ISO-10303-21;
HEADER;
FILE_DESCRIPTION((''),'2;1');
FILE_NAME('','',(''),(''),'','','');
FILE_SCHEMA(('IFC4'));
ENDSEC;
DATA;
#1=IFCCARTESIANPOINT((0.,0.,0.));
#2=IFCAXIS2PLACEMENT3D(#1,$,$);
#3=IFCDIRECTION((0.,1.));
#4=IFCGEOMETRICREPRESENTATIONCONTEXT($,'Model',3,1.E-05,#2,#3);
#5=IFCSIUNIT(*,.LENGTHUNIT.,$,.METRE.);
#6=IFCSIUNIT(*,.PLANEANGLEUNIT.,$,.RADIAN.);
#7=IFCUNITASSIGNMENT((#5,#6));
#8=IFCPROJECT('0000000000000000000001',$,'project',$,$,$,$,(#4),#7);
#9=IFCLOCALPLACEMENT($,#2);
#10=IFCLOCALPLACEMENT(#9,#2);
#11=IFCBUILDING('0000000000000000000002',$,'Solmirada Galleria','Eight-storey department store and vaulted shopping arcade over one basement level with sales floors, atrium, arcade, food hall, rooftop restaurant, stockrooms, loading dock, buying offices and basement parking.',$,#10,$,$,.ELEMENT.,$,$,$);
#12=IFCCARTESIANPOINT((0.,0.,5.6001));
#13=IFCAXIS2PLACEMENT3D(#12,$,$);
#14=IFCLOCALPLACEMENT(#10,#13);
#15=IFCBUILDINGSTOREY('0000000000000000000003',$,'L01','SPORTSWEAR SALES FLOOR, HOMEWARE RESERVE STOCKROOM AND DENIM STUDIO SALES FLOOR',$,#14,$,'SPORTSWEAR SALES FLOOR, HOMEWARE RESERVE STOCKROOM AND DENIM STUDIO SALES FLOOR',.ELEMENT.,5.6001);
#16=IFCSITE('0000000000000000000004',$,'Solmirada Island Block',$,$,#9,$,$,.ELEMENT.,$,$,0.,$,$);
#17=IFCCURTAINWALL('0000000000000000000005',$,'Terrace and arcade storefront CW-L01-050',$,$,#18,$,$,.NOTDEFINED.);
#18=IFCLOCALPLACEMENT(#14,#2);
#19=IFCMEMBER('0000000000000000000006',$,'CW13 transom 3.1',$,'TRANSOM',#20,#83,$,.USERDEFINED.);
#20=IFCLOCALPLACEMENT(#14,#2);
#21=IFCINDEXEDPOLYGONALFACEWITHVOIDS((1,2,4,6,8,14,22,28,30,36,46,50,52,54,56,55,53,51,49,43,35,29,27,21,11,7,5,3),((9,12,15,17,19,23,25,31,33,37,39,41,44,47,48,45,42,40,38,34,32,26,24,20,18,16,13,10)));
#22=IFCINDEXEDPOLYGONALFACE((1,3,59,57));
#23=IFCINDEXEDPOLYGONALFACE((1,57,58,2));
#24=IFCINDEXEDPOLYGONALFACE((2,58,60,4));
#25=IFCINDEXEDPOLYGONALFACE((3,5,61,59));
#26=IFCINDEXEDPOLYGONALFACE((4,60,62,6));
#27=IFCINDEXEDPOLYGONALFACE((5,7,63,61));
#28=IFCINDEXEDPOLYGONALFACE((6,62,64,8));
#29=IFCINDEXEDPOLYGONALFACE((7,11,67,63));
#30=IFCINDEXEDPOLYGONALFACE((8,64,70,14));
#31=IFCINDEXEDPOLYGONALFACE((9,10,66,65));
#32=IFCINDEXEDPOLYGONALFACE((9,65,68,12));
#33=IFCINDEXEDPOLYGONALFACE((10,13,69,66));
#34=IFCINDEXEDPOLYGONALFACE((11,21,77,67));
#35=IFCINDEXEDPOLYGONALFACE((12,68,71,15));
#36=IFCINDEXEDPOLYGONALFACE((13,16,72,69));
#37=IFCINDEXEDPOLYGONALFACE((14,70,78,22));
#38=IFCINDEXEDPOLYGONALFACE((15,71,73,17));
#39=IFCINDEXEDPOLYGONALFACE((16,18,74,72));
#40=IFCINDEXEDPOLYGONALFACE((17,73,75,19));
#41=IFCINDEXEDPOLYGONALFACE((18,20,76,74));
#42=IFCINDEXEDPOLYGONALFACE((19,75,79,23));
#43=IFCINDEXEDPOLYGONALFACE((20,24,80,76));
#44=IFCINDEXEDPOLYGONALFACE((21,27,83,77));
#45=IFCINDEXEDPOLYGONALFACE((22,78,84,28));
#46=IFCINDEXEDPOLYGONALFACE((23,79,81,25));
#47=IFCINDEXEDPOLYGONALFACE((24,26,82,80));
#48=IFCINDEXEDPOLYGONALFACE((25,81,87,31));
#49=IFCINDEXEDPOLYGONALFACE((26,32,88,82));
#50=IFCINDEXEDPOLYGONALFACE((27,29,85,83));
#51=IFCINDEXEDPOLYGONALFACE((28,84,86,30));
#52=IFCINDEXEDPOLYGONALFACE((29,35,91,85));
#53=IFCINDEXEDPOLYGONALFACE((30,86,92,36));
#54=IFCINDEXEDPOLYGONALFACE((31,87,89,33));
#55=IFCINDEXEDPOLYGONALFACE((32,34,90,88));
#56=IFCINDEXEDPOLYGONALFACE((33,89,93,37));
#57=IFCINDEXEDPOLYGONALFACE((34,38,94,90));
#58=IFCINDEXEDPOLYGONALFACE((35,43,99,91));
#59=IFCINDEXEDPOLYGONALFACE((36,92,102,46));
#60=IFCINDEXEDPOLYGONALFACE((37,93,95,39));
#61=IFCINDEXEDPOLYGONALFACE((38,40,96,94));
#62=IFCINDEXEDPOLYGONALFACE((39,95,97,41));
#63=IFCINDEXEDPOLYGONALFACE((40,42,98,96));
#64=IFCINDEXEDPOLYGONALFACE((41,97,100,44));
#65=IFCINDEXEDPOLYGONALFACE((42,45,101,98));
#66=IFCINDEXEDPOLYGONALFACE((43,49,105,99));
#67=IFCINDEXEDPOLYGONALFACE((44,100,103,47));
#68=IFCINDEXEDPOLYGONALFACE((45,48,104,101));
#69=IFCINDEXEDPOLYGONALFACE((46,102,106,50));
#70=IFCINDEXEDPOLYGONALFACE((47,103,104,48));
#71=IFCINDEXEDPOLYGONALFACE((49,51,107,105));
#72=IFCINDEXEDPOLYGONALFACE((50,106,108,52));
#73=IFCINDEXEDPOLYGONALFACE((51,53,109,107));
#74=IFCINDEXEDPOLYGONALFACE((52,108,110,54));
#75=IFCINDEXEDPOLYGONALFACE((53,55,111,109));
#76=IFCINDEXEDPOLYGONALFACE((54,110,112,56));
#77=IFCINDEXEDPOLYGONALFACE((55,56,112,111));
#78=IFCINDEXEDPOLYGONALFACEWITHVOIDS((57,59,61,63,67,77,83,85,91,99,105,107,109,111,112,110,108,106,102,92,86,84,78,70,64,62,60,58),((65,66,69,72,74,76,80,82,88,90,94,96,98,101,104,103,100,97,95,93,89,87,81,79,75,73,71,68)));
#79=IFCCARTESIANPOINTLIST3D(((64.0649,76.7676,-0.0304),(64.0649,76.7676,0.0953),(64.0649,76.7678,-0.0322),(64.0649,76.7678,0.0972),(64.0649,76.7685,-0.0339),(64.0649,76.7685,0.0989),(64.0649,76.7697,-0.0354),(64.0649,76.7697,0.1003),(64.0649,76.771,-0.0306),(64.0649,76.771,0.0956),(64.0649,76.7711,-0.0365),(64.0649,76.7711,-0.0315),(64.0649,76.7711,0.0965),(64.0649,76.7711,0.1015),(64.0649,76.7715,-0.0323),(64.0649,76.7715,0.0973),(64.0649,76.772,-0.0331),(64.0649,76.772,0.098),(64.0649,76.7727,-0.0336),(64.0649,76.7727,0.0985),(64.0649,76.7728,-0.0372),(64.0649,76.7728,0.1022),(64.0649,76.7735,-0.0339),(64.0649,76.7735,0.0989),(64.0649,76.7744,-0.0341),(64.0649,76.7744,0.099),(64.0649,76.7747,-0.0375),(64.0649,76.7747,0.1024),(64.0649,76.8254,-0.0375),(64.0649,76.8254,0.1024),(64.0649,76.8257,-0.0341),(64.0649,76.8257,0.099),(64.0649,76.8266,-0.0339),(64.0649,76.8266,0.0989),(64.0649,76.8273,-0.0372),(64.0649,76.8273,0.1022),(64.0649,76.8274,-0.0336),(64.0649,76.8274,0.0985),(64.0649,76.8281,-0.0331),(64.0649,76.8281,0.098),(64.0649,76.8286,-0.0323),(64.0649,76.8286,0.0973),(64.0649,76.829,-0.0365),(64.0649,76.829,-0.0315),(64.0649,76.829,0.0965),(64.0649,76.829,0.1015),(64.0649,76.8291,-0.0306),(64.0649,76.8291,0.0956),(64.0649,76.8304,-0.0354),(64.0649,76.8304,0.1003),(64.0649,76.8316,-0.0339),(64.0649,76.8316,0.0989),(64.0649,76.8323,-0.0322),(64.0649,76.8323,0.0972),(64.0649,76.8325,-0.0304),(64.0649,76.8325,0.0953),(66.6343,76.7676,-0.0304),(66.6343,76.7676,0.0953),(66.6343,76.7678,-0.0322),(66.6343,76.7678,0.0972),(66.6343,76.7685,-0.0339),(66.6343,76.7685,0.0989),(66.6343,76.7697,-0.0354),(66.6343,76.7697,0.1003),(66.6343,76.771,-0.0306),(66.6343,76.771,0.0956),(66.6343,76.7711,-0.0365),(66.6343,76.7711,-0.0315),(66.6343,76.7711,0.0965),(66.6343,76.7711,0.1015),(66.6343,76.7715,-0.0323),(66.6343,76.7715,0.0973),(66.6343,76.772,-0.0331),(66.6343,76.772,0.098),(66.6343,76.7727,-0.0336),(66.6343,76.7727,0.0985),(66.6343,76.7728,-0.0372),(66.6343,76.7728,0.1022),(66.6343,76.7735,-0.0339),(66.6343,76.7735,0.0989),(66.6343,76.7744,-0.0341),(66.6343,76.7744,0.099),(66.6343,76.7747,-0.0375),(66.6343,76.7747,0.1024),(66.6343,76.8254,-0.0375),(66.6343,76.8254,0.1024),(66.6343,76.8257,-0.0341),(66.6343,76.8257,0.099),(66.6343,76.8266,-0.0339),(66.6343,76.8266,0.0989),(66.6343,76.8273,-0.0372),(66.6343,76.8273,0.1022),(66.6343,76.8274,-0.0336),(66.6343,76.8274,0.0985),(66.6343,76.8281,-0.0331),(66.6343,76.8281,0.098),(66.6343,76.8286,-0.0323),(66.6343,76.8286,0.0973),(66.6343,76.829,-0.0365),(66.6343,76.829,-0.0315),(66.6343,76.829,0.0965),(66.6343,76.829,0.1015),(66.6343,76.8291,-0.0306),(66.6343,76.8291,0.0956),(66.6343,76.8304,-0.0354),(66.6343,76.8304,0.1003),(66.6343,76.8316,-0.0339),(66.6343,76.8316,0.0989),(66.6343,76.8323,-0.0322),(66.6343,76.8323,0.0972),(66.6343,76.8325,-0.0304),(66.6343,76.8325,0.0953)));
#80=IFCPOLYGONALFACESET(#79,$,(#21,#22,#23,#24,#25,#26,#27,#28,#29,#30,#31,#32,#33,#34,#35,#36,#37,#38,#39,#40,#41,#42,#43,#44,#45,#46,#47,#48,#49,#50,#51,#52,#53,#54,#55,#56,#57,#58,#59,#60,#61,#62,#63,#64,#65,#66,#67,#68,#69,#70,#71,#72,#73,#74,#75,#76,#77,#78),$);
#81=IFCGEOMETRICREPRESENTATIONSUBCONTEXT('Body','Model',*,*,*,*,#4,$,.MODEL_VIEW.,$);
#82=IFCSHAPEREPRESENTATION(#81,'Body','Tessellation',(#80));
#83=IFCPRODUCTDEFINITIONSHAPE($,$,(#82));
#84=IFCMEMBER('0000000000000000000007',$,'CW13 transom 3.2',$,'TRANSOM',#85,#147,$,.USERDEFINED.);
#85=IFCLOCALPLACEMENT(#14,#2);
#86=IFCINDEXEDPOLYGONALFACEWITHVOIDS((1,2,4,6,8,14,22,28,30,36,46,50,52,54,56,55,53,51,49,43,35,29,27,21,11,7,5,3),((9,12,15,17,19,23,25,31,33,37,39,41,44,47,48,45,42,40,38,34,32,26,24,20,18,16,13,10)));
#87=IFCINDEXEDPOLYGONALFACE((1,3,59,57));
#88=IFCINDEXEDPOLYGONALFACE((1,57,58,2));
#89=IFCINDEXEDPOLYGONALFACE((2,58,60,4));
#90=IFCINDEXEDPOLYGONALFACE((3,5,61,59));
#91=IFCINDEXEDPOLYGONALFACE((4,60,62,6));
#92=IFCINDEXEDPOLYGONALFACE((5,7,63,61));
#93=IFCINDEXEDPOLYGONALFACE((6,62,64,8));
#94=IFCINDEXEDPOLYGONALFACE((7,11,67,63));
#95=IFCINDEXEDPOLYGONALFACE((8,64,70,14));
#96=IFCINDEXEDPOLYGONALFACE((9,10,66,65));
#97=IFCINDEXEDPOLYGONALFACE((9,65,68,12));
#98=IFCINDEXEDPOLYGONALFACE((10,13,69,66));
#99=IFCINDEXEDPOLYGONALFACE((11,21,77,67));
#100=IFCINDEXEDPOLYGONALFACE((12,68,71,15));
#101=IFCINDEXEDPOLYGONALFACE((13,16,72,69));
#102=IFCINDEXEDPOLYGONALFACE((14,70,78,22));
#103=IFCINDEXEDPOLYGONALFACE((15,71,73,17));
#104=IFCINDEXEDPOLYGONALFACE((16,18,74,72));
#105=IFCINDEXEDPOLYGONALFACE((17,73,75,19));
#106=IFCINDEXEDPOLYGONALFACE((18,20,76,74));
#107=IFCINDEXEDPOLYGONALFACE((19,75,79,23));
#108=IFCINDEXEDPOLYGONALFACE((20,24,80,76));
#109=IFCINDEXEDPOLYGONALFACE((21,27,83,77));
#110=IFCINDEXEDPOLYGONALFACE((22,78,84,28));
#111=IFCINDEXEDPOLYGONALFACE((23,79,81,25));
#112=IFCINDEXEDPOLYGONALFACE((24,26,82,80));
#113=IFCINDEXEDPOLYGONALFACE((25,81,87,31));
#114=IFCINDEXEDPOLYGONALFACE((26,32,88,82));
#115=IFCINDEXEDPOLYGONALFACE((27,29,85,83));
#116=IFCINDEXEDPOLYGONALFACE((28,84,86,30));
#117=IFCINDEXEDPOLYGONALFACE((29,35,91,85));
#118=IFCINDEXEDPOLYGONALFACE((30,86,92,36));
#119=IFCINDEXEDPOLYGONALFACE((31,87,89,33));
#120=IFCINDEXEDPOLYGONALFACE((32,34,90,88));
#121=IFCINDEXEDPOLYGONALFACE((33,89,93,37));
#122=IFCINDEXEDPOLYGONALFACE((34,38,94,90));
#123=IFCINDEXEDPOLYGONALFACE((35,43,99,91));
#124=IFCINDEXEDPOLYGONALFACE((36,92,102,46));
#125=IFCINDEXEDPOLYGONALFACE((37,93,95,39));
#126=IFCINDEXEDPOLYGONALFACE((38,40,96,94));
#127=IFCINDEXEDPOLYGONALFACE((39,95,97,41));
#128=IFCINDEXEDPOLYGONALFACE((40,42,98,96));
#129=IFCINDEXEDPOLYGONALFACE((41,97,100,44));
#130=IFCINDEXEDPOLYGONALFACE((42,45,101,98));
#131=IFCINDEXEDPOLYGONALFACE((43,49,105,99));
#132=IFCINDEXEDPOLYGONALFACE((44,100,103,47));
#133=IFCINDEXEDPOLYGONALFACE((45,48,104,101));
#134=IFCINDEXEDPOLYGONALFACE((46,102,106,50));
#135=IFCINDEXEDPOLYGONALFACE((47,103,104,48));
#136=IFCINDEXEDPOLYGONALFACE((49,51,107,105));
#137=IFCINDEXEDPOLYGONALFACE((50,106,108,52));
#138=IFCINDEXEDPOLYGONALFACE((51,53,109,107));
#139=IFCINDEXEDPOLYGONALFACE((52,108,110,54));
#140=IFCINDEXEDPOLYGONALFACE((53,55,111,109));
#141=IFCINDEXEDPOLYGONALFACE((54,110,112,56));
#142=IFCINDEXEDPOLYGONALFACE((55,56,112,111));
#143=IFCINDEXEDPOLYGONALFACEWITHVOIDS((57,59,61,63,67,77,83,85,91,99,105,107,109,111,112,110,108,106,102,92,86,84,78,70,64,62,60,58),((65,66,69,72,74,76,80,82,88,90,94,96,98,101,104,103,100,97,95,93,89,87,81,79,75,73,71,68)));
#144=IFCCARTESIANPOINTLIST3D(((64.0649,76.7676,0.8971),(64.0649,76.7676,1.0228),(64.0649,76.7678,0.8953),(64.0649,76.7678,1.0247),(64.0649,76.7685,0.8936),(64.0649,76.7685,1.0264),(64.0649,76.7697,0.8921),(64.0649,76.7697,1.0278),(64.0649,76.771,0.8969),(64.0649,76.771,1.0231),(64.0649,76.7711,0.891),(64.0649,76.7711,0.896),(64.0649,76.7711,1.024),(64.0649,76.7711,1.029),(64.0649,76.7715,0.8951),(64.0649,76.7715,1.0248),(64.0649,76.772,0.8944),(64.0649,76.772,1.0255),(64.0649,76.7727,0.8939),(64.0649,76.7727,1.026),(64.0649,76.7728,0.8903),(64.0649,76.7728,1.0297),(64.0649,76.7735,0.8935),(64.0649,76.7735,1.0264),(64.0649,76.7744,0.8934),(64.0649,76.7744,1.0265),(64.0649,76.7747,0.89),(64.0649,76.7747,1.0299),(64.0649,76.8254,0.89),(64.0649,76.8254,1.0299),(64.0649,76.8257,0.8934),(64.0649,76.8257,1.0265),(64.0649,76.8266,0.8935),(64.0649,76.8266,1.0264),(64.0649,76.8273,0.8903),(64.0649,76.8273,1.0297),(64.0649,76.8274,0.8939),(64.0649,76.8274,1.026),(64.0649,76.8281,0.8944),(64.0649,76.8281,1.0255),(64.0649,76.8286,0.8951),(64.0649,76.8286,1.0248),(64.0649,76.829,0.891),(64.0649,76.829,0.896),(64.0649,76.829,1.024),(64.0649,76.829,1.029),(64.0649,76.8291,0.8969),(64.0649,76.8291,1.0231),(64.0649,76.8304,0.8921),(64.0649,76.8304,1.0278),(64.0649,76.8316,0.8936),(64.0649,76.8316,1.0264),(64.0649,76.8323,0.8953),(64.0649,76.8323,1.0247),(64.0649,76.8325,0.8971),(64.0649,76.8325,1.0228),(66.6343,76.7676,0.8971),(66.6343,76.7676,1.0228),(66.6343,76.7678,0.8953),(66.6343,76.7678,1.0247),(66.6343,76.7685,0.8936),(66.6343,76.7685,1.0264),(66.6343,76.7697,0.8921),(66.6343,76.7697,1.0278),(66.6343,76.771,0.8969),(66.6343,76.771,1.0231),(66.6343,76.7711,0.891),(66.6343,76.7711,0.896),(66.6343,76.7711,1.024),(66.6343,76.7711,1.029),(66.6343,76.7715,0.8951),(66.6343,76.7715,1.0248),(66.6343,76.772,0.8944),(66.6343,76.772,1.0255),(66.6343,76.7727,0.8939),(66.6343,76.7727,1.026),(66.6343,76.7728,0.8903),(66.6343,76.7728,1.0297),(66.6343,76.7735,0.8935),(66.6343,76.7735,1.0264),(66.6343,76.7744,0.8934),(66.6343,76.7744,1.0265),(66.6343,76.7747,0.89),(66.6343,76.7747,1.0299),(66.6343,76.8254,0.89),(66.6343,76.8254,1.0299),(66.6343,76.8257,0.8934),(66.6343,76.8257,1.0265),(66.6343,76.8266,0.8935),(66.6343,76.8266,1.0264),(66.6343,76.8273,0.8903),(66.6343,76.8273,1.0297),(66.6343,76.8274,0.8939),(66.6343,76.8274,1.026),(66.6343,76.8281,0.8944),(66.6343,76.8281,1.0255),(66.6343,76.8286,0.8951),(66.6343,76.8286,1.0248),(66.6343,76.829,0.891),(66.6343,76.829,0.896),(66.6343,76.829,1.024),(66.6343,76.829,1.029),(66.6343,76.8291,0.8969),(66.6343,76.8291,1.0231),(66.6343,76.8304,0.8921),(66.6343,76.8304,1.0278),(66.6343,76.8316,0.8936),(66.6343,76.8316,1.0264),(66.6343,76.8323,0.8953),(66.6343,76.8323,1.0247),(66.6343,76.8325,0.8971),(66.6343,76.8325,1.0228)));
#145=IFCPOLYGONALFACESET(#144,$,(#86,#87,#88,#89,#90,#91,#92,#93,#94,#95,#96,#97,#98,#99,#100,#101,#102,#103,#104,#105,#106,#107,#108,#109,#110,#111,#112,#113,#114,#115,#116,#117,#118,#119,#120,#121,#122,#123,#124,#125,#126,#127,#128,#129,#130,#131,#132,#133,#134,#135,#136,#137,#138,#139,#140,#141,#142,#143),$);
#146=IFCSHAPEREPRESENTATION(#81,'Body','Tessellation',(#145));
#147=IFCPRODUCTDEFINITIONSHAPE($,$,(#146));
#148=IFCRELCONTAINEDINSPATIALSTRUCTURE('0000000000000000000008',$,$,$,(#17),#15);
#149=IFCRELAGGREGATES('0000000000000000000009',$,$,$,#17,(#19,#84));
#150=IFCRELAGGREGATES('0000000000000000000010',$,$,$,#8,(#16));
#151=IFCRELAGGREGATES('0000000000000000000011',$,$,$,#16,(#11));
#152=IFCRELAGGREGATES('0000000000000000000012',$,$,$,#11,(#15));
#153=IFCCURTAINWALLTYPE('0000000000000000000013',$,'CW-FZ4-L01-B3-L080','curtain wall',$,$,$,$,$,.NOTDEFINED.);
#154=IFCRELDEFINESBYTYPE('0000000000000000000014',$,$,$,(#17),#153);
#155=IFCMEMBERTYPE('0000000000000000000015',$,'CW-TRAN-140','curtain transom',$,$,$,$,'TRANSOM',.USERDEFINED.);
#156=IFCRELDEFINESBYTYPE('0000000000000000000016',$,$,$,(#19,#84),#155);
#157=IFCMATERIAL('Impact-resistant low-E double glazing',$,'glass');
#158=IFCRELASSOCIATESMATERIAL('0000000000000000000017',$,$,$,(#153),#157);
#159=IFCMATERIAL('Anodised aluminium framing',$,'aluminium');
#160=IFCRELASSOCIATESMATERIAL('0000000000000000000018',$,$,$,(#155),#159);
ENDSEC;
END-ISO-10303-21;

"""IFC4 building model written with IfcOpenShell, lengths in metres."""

from ifc_helpers import new_model, si_unit, direction, frame, origin, origin_2d, place, context, subcontext, project, spatial, hollow_rectangle, extrude, material, material_profile, profile_set, type_object, element, aggregate, save


model = new_model("IFC4")

# Units and contexts
model_context = context("Model", 3, precision=1e-05, world=origin(), true_north=direction((0.0, 1.0)))
body_context = subcontext(model_context, "Body", "Model", "MODEL_VIEW")
ifc_project = project(units=[si_unit("LENGTHUNIT", "METRE"), si_unit("PLANEANGLEUNIT", "RADIAN")], contexts=[model_context])

# Site, building, storey
site_placement = place(None, origin())
site = spatial("IfcSite", under=ifc_project, at=site_placement, Name="Solmirada Island Block", CompositionType="ELEMENT", RefElevation=0.0)
building_placement = place(site_placement, origin())
building = spatial("IfcBuilding", under=site, at=building_placement, Name="Solmirada Galleria", Description="Eight-storey department store and vaulted shopping arcade over one basement level with sales floors, atrium, arcade, food hall, rooftop restaurant, stockrooms, loading dock, buying offices and basement parking.", CompositionType="ELEMENT")
storey_placement = place(building_placement, frame((0.0, 0.0, 5.6001)))
storey = spatial("IfcBuildingStorey", under=building, at=storey_placement, Name="L01", Description="SPORTSWEAR SALES FLOOR, HOMEWARE RESERVE STOCKROOM AND DENIM STUDIO SALES FLOOR", LongName="SPORTSWEAR SALES FLOOR, HOMEWARE RESERVE STOCKROOM AND DENIM STUDIO SALES FLOOR", CompositionType="ELEMENT", Elevation=5.6001)

# Curtain wall, members
ifc_material_1 = material(Name="Impact-resistant low-E double glazing", Category="glass")
curtain_wall_type = type_object("IfcCurtainWallType", Name="CW-FZ4-L01-B3-L080", Description="curtain wall", PredefinedType="NOTDEFINED", material=ifc_material_1)
curtain_wall_placement = place(storey_placement, origin())
curtain_wall = element("IfcCurtainWall", 1, at=curtain_wall_placement, inside=storey, type_object=curtain_wall_type, Name="Terrace and arcade storefront CW-L01-050", PredefinedType="NOTDEFINED")
ifc_material_2 = material(Name="Anodised aluminium framing", Category="aluminium")
ifc_material_profile_1 = material_profile(ifc_material_2, hollow_rectangle(XDim=0.0649, YDim=0.1399, WallThickness=0.0034, InnerFilletRadius=0.0034, OuterFilletRadius=0.0071, at=origin_2d()), Name="ALU-TRAN-140X65")
ifc_profile_set_1 = profile_set([ifc_material_profile_1], Name="Anodised aluminium framing")
member_type_1 = type_object("IfcMemberType", Name="CW-TRAN-140", Description="curtain transom", ElementType="TRANSOM", PredefinedType="USERDEFINED", material=ifc_profile_set_1)
member_1_placement = place(storey_placement, frame((66.6343, 76.8, 0.0325), z_axis=(-1.0, 0.0, 0.0), x_axis=(0.0, -1.0, 0.0)))
member_1 = element("IfcMember", 2, at=member_1_placement, type_object=member_type_1, Name="CW13 transom 3.1", ObjectType="TRANSOM", PredefinedType="USERDEFINED", context=body_context, shape_type="SweptSolid", body=[
    extrude(hollow_rectangle(XDim=0.0649, YDim=0.1399, WallThickness=0.0034, InnerFilletRadius=0.0034, OuterFilletRadius=0.0071, at=origin_2d()), origin(), (0.0, 0.0, 1.0), 2.5693),
])
member_2_placement = place(storey_placement, frame((66.6343, 76.8, 0.96), z_axis=(-1.0, 0.0, 0.0), x_axis=(0.0, -1.0, 0.0)))
member_2 = element("IfcMember", 3, at=member_2_placement, type_object=member_type_1, Name="CW13 transom 3.2", ObjectType="TRANSOM", PredefinedType="USERDEFINED", context=body_context, shape_type="SweptSolid", body=[
    extrude(hollow_rectangle(XDim=0.0649, YDim=0.1399, WallThickness=0.0034, InnerFilletRadius=0.0034, OuterFilletRadius=0.0071, at=origin_2d()), origin(), (0.0, 0.0, 1.0), 2.5693),
])
aggregate(curtain_wall, [member_1, member_2])

save(model, "model.ifc")
